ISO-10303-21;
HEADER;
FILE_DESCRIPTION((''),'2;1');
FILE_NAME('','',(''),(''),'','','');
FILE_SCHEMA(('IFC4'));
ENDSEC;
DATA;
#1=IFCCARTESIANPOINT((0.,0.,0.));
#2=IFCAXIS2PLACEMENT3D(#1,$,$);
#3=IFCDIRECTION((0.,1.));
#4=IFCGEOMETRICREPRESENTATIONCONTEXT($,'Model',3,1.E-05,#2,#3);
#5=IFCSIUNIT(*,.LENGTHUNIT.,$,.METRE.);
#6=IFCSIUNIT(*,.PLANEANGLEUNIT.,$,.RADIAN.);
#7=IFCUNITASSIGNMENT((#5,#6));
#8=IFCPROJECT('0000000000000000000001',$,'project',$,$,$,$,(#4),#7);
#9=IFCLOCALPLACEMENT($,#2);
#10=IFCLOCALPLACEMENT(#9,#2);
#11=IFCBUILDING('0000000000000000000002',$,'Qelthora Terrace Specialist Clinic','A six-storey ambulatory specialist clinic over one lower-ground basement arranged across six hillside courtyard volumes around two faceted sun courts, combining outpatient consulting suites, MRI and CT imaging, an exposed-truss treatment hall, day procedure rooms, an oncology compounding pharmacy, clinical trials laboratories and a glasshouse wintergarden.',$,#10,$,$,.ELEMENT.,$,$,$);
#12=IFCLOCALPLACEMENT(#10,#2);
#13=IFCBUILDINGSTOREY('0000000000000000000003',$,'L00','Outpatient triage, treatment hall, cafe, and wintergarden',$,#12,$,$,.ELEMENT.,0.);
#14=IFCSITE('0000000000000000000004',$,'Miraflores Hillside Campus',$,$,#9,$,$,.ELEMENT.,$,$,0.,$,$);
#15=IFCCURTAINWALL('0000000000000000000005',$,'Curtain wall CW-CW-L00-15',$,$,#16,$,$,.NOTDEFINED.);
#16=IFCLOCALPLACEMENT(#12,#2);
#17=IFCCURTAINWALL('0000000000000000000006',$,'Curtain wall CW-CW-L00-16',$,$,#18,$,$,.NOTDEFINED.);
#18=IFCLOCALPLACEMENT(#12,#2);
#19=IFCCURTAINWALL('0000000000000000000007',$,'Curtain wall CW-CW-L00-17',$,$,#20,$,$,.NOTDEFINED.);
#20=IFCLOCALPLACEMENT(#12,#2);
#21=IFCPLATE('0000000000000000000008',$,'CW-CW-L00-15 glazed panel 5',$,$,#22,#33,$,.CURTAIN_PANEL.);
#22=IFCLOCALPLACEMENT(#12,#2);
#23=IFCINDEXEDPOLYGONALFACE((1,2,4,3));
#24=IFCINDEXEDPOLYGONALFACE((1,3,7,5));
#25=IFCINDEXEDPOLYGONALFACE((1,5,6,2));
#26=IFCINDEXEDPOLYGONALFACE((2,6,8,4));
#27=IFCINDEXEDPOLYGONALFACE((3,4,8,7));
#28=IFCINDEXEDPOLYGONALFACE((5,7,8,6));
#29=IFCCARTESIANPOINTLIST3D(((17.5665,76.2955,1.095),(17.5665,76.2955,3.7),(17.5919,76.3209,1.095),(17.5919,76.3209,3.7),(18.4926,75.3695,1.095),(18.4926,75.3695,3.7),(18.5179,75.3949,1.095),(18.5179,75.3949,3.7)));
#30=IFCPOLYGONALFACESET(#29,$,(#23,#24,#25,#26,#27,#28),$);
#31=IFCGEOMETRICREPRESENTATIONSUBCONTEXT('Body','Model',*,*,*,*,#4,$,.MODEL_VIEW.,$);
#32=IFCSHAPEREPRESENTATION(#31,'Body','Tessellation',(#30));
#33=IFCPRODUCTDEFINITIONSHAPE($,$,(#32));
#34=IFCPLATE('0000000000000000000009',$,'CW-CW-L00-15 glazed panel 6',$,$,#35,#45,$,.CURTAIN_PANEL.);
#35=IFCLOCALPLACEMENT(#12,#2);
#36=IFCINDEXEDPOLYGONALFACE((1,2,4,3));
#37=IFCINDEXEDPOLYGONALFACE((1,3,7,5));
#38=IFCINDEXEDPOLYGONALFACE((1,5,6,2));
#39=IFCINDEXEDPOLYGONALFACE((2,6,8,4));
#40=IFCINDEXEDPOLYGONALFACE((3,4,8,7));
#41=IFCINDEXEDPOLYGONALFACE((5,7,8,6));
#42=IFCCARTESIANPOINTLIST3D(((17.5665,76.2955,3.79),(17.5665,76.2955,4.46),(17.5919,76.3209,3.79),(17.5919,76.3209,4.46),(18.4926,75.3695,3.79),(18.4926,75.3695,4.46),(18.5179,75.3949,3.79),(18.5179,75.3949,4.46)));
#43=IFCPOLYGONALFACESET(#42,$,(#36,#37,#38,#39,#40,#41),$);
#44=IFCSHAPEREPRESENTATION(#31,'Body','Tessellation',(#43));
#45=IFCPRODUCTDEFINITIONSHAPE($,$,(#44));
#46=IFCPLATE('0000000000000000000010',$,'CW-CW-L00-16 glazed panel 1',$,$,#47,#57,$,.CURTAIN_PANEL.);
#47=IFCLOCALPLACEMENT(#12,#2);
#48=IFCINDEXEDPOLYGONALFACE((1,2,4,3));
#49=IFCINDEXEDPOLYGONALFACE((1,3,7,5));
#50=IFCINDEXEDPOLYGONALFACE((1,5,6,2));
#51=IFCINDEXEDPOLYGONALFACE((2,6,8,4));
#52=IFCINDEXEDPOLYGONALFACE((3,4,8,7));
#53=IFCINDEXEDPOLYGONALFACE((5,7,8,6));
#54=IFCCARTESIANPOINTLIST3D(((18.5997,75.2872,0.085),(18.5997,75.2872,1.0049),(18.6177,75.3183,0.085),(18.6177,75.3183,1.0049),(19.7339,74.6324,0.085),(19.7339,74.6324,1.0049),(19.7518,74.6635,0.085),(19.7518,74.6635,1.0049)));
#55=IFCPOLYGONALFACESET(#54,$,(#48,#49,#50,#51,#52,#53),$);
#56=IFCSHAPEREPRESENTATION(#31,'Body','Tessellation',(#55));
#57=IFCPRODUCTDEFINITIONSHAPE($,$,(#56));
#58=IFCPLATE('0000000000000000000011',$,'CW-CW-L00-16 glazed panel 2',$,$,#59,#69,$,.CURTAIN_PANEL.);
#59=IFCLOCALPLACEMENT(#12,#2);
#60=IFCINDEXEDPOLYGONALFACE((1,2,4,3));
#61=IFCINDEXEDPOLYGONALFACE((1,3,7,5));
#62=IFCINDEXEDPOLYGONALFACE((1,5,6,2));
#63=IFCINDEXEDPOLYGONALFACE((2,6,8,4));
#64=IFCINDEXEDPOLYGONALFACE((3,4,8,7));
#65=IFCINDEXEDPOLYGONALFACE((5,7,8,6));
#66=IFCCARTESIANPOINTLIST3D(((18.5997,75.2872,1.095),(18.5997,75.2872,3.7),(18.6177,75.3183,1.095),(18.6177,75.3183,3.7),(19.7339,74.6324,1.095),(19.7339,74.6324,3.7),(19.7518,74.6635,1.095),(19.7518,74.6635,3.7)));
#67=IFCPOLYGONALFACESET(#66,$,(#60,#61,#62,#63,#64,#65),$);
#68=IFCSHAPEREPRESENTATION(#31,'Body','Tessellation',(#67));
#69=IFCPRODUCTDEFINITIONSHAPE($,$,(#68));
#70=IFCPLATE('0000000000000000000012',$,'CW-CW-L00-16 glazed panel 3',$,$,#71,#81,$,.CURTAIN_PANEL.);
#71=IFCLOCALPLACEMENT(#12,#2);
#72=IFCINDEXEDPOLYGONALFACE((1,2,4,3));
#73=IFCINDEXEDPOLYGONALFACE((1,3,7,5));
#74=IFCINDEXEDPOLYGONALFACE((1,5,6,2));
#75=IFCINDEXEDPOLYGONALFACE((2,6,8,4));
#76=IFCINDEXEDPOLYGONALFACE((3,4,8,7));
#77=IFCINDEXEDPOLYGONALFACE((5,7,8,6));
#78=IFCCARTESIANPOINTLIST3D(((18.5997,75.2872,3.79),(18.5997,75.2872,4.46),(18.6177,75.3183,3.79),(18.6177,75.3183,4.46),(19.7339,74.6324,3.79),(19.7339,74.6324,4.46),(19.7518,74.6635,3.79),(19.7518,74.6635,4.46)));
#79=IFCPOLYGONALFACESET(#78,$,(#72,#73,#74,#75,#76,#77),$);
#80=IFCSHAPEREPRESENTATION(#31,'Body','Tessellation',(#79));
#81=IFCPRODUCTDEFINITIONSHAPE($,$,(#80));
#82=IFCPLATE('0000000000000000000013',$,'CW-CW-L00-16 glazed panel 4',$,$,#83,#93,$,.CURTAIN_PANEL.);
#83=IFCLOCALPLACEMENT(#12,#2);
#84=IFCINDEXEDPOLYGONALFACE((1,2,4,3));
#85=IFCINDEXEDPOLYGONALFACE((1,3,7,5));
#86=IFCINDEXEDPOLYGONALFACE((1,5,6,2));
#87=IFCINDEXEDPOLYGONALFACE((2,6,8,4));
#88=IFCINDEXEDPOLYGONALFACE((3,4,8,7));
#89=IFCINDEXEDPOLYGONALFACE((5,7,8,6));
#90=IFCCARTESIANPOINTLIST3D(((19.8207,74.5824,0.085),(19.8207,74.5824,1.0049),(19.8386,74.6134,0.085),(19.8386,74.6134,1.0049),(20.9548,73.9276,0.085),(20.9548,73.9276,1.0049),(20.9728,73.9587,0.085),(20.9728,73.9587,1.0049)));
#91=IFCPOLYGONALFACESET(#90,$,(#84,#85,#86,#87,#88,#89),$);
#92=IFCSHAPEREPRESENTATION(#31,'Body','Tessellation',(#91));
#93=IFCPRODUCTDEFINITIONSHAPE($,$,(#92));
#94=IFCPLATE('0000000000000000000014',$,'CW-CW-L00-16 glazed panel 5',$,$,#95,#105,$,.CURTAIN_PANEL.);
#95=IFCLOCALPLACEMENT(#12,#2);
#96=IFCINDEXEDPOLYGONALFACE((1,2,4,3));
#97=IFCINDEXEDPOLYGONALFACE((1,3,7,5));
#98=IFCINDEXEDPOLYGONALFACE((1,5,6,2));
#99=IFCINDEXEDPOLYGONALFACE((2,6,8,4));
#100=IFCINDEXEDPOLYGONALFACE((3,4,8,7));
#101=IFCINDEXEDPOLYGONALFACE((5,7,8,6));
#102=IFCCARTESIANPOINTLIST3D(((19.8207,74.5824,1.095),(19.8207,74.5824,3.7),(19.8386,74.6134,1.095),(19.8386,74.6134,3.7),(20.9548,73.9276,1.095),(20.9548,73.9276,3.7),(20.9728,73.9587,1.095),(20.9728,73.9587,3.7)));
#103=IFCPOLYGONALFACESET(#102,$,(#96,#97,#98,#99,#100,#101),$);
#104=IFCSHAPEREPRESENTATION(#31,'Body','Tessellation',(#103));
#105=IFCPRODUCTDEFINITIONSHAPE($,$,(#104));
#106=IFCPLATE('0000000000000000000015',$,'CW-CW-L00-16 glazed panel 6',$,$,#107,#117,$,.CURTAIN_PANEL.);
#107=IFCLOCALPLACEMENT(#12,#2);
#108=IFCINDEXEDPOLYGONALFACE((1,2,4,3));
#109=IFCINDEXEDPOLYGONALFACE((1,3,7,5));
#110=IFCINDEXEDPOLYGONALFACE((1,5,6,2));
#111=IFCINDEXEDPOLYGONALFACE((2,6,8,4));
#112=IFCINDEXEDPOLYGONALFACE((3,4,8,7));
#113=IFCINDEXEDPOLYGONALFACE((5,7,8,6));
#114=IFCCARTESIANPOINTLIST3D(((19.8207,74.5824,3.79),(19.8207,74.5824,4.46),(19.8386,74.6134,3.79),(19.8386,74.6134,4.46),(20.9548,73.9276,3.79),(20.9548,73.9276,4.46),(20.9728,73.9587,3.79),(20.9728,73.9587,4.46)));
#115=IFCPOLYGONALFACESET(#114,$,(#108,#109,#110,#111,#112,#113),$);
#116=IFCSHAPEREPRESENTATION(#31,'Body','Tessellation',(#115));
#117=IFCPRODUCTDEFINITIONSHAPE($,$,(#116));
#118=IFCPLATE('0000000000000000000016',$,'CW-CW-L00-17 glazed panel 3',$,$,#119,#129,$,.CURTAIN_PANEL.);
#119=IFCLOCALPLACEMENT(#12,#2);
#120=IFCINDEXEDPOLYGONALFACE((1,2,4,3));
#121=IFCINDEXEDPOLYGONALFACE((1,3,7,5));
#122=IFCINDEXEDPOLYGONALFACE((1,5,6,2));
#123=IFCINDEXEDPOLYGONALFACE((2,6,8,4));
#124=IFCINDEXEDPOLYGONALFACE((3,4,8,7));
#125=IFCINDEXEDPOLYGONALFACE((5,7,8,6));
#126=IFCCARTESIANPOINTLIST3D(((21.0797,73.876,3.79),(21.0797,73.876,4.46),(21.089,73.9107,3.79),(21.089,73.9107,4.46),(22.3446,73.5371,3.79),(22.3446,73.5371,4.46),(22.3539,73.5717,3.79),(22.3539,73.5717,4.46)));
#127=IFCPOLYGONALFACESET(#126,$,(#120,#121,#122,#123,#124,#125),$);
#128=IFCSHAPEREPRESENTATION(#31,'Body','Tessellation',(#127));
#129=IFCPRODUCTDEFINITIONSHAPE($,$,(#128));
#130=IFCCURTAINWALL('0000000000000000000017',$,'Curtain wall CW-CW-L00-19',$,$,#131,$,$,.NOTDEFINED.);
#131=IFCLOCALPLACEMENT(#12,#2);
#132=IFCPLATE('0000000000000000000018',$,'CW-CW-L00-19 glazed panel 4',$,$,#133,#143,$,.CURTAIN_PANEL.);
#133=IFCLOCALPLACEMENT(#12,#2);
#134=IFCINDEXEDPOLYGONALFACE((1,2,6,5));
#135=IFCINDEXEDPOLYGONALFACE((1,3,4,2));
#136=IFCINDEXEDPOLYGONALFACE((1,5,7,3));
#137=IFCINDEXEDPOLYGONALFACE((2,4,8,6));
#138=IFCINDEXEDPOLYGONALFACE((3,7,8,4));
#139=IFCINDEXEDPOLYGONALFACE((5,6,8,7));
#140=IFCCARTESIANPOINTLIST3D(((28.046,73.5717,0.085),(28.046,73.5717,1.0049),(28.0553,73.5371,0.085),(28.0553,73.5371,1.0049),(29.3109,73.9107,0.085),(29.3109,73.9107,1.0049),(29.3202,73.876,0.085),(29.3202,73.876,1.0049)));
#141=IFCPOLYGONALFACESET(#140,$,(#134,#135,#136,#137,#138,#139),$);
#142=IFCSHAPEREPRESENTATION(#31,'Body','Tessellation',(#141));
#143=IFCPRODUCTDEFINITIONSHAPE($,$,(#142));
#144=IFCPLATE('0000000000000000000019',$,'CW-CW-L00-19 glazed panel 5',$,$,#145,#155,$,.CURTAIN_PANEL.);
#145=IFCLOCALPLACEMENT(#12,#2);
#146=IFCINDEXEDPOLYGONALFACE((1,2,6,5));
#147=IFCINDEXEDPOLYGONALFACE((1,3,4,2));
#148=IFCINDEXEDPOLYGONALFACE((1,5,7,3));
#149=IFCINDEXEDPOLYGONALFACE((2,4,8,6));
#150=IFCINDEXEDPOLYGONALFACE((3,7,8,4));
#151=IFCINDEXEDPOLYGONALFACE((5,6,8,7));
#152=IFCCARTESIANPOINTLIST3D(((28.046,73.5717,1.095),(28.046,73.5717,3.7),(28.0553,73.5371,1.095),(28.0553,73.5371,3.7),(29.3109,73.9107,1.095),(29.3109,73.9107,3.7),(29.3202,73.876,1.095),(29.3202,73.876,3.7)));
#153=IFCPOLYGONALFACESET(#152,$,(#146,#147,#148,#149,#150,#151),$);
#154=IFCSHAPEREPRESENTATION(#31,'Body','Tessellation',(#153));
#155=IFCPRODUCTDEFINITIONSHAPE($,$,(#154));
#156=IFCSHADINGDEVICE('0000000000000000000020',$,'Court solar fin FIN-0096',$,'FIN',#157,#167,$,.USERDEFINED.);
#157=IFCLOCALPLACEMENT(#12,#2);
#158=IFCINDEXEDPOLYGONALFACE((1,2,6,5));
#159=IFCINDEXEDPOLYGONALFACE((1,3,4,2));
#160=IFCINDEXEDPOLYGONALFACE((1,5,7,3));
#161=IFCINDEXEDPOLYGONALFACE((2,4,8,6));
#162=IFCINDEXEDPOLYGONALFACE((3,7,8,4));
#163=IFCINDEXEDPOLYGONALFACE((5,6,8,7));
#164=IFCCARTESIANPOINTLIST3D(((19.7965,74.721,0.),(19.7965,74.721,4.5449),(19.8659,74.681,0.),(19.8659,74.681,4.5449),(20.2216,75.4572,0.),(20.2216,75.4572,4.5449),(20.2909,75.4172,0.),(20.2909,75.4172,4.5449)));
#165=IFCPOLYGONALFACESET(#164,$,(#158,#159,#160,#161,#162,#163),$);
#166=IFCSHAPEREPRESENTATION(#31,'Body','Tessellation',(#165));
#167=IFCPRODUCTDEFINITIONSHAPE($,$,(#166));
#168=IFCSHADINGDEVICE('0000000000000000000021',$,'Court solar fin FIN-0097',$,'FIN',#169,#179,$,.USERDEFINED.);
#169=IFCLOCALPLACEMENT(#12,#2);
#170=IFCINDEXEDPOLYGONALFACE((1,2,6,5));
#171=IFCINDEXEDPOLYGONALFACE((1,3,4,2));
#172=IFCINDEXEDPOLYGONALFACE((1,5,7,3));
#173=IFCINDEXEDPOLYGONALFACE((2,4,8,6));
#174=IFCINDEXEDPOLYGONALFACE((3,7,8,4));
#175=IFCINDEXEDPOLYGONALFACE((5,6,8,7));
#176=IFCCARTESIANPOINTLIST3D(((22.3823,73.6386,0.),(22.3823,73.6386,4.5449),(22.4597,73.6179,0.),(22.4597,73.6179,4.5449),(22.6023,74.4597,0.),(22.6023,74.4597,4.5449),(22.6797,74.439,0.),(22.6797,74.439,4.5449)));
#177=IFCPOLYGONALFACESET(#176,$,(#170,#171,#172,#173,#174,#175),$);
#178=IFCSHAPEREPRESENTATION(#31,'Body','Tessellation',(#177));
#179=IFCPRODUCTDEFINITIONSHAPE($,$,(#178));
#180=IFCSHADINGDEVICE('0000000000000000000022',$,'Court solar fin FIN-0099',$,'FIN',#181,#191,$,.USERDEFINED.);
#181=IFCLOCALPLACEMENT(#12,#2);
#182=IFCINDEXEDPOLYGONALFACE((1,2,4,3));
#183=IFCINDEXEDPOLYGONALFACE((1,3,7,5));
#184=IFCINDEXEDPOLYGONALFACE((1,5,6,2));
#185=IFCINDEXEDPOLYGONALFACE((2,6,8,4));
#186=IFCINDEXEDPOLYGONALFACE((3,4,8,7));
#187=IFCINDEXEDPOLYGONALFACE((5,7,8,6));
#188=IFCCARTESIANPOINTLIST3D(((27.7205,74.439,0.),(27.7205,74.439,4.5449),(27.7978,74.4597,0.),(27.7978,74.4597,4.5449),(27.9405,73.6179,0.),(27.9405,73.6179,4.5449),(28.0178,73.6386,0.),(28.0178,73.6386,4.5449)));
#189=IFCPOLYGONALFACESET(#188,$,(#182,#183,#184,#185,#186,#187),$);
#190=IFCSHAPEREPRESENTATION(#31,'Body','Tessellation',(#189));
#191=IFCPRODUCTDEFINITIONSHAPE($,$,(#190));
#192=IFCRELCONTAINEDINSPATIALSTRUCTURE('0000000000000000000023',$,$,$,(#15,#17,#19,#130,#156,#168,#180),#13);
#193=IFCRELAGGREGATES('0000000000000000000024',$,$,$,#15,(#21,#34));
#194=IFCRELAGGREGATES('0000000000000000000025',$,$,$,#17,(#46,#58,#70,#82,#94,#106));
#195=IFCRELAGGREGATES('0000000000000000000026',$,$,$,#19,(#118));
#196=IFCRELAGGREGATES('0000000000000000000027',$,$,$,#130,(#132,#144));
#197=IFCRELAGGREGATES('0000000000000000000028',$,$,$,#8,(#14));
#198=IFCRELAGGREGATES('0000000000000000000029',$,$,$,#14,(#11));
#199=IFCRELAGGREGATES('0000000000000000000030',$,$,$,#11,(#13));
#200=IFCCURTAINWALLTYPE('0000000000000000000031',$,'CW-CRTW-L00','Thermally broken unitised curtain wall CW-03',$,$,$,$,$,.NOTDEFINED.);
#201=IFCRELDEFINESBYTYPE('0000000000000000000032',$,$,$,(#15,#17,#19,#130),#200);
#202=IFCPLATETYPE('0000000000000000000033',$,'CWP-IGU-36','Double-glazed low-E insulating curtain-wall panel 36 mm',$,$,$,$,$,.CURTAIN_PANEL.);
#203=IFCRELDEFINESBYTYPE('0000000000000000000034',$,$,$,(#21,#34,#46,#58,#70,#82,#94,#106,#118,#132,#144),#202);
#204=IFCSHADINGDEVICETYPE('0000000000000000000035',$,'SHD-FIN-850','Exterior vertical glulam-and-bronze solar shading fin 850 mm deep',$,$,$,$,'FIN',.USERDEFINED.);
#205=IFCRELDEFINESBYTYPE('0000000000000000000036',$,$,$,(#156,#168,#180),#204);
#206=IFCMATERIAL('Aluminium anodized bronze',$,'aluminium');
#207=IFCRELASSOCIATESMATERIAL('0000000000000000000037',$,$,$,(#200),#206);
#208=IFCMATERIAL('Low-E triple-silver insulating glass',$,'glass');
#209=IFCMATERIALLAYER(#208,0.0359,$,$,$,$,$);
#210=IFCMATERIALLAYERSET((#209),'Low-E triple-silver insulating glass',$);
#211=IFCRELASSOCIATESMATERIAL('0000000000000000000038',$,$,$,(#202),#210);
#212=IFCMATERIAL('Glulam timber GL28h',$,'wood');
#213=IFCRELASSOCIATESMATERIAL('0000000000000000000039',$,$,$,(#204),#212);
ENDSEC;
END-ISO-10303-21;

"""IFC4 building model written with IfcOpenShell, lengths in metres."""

from ifc_helpers import new_model, si_unit, direction, frame, origin, origin_2d, place, context, subcontext, project, spatial, rectangle, extrude, material, layer, layer_set, type_object, element, aggregate, save


model = new_model("IFC4")

# Units and contexts
model_context = context("Model", 3, precision=1e-05, world=origin(), true_north=direction((0.0, 1.0)))
body_context = subcontext(model_context, "Body", "Model", "MODEL_VIEW")
ifc_project = project(units=[si_unit("LENGTHUNIT", "METRE"), si_unit("PLANEANGLEUNIT", "RADIAN")], contexts=[model_context])

# Site, building, storey
site_placement = place(None, origin())
site = spatial("IfcSite", under=ifc_project, at=site_placement, Name="Miraflores Hillside Campus", CompositionType="ELEMENT", RefElevation=0.0)
building_placement = place(site_placement, origin())
building = spatial("IfcBuilding", under=site, at=building_placement, Name="Qelthora Terrace Specialist Clinic", Description="A six-storey ambulatory specialist clinic over one lower-ground basement arranged across six hillside courtyard volumes around two faceted sun courts, combining outpatient consulting suites, MRI and CT imaging, an exposed-truss treatment hall, day procedure rooms, an oncology compounding pharmacy, clinical trials laboratories and a glasshouse wintergarden.", CompositionType="ELEMENT")
storey_placement = place(building_placement, origin())
storey = spatial("IfcBuildingStorey", under=building, at=storey_placement, Name="L00", Description="Outpatient triage, treatment hall, cafe, and wintergarden", CompositionType="ELEMENT", Elevation=0.0)

# Curtain wall
ifc_material_1 = material(Name="Aluminium anodized bronze", Category="aluminium")
curtain_wall_type = type_object("IfcCurtainWallType", Name="CW-CRTW-L00", Description="Thermally broken unitised curtain wall CW-03", PredefinedType="NOTDEFINED", material=ifc_material_1)
curtain_wall_1_placement = place(storey_placement, origin())
curtain_wall_1 = element("IfcCurtainWall", 1, at=curtain_wall_1_placement, inside=storey, type_object=curtain_wall_type, Name="Curtain wall CW-CW-L00-15", PredefinedType="NOTDEFINED")

# Curtain wall
curtain_wall_2_placement = place(storey_placement, origin())
curtain_wall_2 = element("IfcCurtainWall", 2, at=curtain_wall_2_placement, inside=storey, type_object=curtain_wall_type, Name="Curtain wall CW-CW-L00-16", PredefinedType="NOTDEFINED")

# Curtain wall
curtain_wall_3_placement = place(storey_placement, origin())
curtain_wall_3 = element("IfcCurtainWall", 3, at=curtain_wall_3_placement, inside=storey, type_object=curtain_wall_type, Name="Curtain wall CW-CW-L00-17", PredefinedType="NOTDEFINED")

# Plates
ifc_material_2 = material(Name="Low-E triple-silver insulating glass", Category="glass")
ifc_layer = layer(ifc_material_2, 0.0359)
ifc_layer_set = layer_set([ifc_layer], Name="Low-E triple-silver insulating glass")
plate_type = type_object("IfcPlateType", Name="CWP-IGU-36", Description="Double-glazed low-E insulating curtain-wall panel 36 mm", PredefinedType="CURTAIN_PANEL", material=ifc_layer_set)
plate_1_placement = place(storey_placement, frame((18.0422, 75.8452, 1.095), z_axis=(0.0, 0.0, 1.0), x_axis=(0.707107, -0.707107, 0.0)))
plate_1 = element("IfcPlate", 4, at=plate_1_placement, type_object=plate_type, Name="CW-CW-L00-15 glazed panel 5", PredefinedType="CURTAIN_PANEL", context=body_context, shape_type="SweptSolid", body=[
    extrude(rectangle(XDim=1.3096, YDim=0.0359, at=origin_2d()), origin(), (0.0, 0.0, 1.0), 2.605),
])
plate_2_placement = place(storey_placement, frame((18.0422, 75.8452, 3.79), z_axis=(0.0, 0.0, 1.0), x_axis=(0.707107, -0.707107, 0.0)))
plate_2 = element("IfcPlate", 5, at=plate_2_placement, type_object=plate_type, Name="CW-CW-L00-15 glazed panel 6", PredefinedType="CURTAIN_PANEL", context=body_context, shape_type="SweptSolid", body=[
    extrude(rectangle(XDim=1.3096, YDim=0.0359, at=origin_2d()), origin(), (0.0, 0.0, 1.0), 0.6699),
])
aggregate(curtain_wall_1, [plate_1, plate_2])
plate_3_placement = place(storey_placement, frame((19.1758, 74.9753, 0.085), z_axis=(0.0, 0.0, 1.0), x_axis=(0.866025, -0.5, 0.0)))
plate_3 = element("IfcPlate", 6, at=plate_3_placement, type_object=plate_type, Name="CW-CW-L00-16 glazed panel 1", PredefinedType="CURTAIN_PANEL", context=body_context, shape_type="SweptSolid", body=[
    extrude(rectangle(XDim=1.3096, YDim=0.0359, at=origin_2d()), origin(), (0.0, 0.0, 1.0), 0.9199),
])
plate_4_placement = place(storey_placement, frame((19.1758, 74.9753, 1.095), z_axis=(0.0, 0.0, 1.0), x_axis=(0.866025, -0.5, 0.0)))
plate_4 = element("IfcPlate", 7, at=plate_4_placement, type_object=plate_type, Name="CW-CW-L00-16 glazed panel 2", PredefinedType="CURTAIN_PANEL", context=body_context, shape_type="SweptSolid", body=[
    extrude(rectangle(XDim=1.3096, YDim=0.0359, at=origin_2d()), origin(), (0.0, 0.0, 1.0), 2.605),
])
plate_5_placement = place(storey_placement, frame((19.1758, 74.9753, 3.79), z_axis=(0.0, 0.0, 1.0), x_axis=(0.866025, -0.5, 0.0)))
plate_5 = element("IfcPlate", 8, at=plate_5_placement, type_object=plate_type, Name="CW-CW-L00-16 glazed panel 3", PredefinedType="CURTAIN_PANEL", context=body_context, shape_type="SweptSolid", body=[
    extrude(rectangle(XDim=1.3096, YDim=0.0359, at=origin_2d()), origin(), (0.0, 0.0, 1.0), 0.6699),
])
plate_6_placement = place(storey_placement, frame((20.3967, 74.2705, 0.085), z_axis=(0.0, 0.0, 1.0), x_axis=(0.866025, -0.5, 0.0)))
plate_6 = element("IfcPlate", 9, at=plate_6_placement, type_object=plate_type, Name="CW-CW-L00-16 glazed panel 4", PredefinedType="CURTAIN_PANEL", context=body_context, shape_type="SweptSolid", body=[
    extrude(rectangle(XDim=1.3096, YDim=0.0359, at=origin_2d()), origin(), (0.0, 0.0, 1.0), 0.9199),
])
plate_7_placement = place(storey_placement, frame((20.3967, 74.2705, 1.095), z_axis=(0.0, 0.0, 1.0), x_axis=(0.866025, -0.5, 0.0)))
plate_7 = element("IfcPlate", 10, at=plate_7_placement, type_object=plate_type, Name="CW-CW-L00-16 glazed panel 5", PredefinedType="CURTAIN_PANEL", context=body_context, shape_type="SweptSolid", body=[
    extrude(rectangle(XDim=1.3096, YDim=0.0359, at=origin_2d()), origin(), (0.0, 0.0, 1.0), 2.605),
])
plate_8_placement = place(storey_placement, frame((20.3967, 74.2705, 3.79), z_axis=(0.0, 0.0, 1.0), x_axis=(0.866025, -0.5, 0.0)))
plate_8 = element("IfcPlate", 11, at=plate_8_placement, type_object=plate_type, Name="CW-CW-L00-16 glazed panel 6", PredefinedType="CURTAIN_PANEL", context=body_context, shape_type="SweptSolid", body=[
    extrude(rectangle(XDim=1.3096, YDim=0.0359, at=origin_2d()), origin(), (0.0, 0.0, 1.0), 0.6699),
])
aggregate(curtain_wall_2, [plate_3, plate_4, plate_5, plate_6, plate_7, plate_8])
plate_9_placement = place(storey_placement, frame((21.7168, 73.7239, 3.79), z_axis=(0.0, 0.0, 1.0), x_axis=(0.965925, -0.258821, 0.0)))
plate_9 = element("IfcPlate", 12, at=plate_9_placement, type_object=plate_type, Name="CW-CW-L00-17 glazed panel 3", PredefinedType="CURTAIN_PANEL", context=body_context, shape_type="SweptSolid", body=[
    extrude(rectangle(XDim=1.3096, YDim=0.0359, at=origin_2d()), origin(), (0.0, 0.0, 1.0), 0.6699),
])
aggregate(curtain_wall_3, [plate_9])

# Curtain wall, plates
curtain_wall_4_placement = place(storey_placement, origin())
curtain_wall_4 = element("IfcCurtainWall", 13, at=curtain_wall_4_placement, inside=storey, type_object=curtain_wall_type, Name="Curtain wall CW-CW-L00-19", PredefinedType="NOTDEFINED")
plate_10_placement = place(storey_placement, frame((28.6831, 73.7239, 0.085), z_axis=(0.0, 0.0, 1.0), x_axis=(0.965925, 0.258821, 0.0)))
plate_10 = element("IfcPlate", 14, at=plate_10_placement, type_object=plate_type, Name="CW-CW-L00-19 glazed panel 4", PredefinedType="CURTAIN_PANEL", context=body_context, shape_type="SweptSolid", body=[
    extrude(rectangle(XDim=1.3096, YDim=0.0359, at=origin_2d()), origin(), (0.0, 0.0, 1.0), 0.9199),
])
plate_11_placement = place(storey_placement, frame((28.6831, 73.7239, 1.095), z_axis=(0.0, 0.0, 1.0), x_axis=(0.965925, 0.258821, 0.0)))
plate_11 = element("IfcPlate", 15, at=plate_11_placement, type_object=plate_type, Name="CW-CW-L00-19 glazed panel 5", PredefinedType="CURTAIN_PANEL", context=body_context, shape_type="SweptSolid", body=[
    extrude(rectangle(XDim=1.3096, YDim=0.0359, at=origin_2d()), origin(), (0.0, 0.0, 1.0), 2.605),
])
aggregate(curtain_wall_4, [plate_10, plate_11])

# Shading devices
ifc_material_3 = material(Name="Glulam timber GL28h", Category="wood")
shading_device_type = type_object("IfcShadingDeviceType", Name="SHD-FIN-850", Description="Exterior vertical glulam-and-bronze solar shading fin 850 mm deep", ElementType="FIN", PredefinedType="USERDEFINED", material=ifc_material_3)
for number, where, z_axis, x_axis, name in (
    (16, (20.0437, 75.0691, 0.0), (0.0, 0.0, 1.0), (0.5, 0.866025, 0.0), "Court solar fin FIN-0096"),
    (17, (22.531, 74.0388, 0.0), (0.0, 0.0, 1.0), (0.258819, 0.965926, 0.0), "Court solar fin FIN-0097"),
    (18, (27.8691, 74.0388, 0.0), (0.0, 0.0, 1.0), (-0.258819, 0.965926, 0.0), "Court solar fin FIN-0099"),
):
    element("IfcShadingDevice", number, at=place(storey_placement, frame(where, z_axis=z_axis, x_axis=x_axis)), inside=storey, type_object=shading_device_type, Name=name, ObjectType="FIN", PredefinedType="USERDEFINED", context=body_context, shape_type="SweptSolid", body=[
        extrude(rectangle(XDim=0.8501, YDim=0.0801, at=origin_2d()), origin(), (0.0, 0.0, 1.0), 4.5449),
    ])

save(model, "model.ifc")
